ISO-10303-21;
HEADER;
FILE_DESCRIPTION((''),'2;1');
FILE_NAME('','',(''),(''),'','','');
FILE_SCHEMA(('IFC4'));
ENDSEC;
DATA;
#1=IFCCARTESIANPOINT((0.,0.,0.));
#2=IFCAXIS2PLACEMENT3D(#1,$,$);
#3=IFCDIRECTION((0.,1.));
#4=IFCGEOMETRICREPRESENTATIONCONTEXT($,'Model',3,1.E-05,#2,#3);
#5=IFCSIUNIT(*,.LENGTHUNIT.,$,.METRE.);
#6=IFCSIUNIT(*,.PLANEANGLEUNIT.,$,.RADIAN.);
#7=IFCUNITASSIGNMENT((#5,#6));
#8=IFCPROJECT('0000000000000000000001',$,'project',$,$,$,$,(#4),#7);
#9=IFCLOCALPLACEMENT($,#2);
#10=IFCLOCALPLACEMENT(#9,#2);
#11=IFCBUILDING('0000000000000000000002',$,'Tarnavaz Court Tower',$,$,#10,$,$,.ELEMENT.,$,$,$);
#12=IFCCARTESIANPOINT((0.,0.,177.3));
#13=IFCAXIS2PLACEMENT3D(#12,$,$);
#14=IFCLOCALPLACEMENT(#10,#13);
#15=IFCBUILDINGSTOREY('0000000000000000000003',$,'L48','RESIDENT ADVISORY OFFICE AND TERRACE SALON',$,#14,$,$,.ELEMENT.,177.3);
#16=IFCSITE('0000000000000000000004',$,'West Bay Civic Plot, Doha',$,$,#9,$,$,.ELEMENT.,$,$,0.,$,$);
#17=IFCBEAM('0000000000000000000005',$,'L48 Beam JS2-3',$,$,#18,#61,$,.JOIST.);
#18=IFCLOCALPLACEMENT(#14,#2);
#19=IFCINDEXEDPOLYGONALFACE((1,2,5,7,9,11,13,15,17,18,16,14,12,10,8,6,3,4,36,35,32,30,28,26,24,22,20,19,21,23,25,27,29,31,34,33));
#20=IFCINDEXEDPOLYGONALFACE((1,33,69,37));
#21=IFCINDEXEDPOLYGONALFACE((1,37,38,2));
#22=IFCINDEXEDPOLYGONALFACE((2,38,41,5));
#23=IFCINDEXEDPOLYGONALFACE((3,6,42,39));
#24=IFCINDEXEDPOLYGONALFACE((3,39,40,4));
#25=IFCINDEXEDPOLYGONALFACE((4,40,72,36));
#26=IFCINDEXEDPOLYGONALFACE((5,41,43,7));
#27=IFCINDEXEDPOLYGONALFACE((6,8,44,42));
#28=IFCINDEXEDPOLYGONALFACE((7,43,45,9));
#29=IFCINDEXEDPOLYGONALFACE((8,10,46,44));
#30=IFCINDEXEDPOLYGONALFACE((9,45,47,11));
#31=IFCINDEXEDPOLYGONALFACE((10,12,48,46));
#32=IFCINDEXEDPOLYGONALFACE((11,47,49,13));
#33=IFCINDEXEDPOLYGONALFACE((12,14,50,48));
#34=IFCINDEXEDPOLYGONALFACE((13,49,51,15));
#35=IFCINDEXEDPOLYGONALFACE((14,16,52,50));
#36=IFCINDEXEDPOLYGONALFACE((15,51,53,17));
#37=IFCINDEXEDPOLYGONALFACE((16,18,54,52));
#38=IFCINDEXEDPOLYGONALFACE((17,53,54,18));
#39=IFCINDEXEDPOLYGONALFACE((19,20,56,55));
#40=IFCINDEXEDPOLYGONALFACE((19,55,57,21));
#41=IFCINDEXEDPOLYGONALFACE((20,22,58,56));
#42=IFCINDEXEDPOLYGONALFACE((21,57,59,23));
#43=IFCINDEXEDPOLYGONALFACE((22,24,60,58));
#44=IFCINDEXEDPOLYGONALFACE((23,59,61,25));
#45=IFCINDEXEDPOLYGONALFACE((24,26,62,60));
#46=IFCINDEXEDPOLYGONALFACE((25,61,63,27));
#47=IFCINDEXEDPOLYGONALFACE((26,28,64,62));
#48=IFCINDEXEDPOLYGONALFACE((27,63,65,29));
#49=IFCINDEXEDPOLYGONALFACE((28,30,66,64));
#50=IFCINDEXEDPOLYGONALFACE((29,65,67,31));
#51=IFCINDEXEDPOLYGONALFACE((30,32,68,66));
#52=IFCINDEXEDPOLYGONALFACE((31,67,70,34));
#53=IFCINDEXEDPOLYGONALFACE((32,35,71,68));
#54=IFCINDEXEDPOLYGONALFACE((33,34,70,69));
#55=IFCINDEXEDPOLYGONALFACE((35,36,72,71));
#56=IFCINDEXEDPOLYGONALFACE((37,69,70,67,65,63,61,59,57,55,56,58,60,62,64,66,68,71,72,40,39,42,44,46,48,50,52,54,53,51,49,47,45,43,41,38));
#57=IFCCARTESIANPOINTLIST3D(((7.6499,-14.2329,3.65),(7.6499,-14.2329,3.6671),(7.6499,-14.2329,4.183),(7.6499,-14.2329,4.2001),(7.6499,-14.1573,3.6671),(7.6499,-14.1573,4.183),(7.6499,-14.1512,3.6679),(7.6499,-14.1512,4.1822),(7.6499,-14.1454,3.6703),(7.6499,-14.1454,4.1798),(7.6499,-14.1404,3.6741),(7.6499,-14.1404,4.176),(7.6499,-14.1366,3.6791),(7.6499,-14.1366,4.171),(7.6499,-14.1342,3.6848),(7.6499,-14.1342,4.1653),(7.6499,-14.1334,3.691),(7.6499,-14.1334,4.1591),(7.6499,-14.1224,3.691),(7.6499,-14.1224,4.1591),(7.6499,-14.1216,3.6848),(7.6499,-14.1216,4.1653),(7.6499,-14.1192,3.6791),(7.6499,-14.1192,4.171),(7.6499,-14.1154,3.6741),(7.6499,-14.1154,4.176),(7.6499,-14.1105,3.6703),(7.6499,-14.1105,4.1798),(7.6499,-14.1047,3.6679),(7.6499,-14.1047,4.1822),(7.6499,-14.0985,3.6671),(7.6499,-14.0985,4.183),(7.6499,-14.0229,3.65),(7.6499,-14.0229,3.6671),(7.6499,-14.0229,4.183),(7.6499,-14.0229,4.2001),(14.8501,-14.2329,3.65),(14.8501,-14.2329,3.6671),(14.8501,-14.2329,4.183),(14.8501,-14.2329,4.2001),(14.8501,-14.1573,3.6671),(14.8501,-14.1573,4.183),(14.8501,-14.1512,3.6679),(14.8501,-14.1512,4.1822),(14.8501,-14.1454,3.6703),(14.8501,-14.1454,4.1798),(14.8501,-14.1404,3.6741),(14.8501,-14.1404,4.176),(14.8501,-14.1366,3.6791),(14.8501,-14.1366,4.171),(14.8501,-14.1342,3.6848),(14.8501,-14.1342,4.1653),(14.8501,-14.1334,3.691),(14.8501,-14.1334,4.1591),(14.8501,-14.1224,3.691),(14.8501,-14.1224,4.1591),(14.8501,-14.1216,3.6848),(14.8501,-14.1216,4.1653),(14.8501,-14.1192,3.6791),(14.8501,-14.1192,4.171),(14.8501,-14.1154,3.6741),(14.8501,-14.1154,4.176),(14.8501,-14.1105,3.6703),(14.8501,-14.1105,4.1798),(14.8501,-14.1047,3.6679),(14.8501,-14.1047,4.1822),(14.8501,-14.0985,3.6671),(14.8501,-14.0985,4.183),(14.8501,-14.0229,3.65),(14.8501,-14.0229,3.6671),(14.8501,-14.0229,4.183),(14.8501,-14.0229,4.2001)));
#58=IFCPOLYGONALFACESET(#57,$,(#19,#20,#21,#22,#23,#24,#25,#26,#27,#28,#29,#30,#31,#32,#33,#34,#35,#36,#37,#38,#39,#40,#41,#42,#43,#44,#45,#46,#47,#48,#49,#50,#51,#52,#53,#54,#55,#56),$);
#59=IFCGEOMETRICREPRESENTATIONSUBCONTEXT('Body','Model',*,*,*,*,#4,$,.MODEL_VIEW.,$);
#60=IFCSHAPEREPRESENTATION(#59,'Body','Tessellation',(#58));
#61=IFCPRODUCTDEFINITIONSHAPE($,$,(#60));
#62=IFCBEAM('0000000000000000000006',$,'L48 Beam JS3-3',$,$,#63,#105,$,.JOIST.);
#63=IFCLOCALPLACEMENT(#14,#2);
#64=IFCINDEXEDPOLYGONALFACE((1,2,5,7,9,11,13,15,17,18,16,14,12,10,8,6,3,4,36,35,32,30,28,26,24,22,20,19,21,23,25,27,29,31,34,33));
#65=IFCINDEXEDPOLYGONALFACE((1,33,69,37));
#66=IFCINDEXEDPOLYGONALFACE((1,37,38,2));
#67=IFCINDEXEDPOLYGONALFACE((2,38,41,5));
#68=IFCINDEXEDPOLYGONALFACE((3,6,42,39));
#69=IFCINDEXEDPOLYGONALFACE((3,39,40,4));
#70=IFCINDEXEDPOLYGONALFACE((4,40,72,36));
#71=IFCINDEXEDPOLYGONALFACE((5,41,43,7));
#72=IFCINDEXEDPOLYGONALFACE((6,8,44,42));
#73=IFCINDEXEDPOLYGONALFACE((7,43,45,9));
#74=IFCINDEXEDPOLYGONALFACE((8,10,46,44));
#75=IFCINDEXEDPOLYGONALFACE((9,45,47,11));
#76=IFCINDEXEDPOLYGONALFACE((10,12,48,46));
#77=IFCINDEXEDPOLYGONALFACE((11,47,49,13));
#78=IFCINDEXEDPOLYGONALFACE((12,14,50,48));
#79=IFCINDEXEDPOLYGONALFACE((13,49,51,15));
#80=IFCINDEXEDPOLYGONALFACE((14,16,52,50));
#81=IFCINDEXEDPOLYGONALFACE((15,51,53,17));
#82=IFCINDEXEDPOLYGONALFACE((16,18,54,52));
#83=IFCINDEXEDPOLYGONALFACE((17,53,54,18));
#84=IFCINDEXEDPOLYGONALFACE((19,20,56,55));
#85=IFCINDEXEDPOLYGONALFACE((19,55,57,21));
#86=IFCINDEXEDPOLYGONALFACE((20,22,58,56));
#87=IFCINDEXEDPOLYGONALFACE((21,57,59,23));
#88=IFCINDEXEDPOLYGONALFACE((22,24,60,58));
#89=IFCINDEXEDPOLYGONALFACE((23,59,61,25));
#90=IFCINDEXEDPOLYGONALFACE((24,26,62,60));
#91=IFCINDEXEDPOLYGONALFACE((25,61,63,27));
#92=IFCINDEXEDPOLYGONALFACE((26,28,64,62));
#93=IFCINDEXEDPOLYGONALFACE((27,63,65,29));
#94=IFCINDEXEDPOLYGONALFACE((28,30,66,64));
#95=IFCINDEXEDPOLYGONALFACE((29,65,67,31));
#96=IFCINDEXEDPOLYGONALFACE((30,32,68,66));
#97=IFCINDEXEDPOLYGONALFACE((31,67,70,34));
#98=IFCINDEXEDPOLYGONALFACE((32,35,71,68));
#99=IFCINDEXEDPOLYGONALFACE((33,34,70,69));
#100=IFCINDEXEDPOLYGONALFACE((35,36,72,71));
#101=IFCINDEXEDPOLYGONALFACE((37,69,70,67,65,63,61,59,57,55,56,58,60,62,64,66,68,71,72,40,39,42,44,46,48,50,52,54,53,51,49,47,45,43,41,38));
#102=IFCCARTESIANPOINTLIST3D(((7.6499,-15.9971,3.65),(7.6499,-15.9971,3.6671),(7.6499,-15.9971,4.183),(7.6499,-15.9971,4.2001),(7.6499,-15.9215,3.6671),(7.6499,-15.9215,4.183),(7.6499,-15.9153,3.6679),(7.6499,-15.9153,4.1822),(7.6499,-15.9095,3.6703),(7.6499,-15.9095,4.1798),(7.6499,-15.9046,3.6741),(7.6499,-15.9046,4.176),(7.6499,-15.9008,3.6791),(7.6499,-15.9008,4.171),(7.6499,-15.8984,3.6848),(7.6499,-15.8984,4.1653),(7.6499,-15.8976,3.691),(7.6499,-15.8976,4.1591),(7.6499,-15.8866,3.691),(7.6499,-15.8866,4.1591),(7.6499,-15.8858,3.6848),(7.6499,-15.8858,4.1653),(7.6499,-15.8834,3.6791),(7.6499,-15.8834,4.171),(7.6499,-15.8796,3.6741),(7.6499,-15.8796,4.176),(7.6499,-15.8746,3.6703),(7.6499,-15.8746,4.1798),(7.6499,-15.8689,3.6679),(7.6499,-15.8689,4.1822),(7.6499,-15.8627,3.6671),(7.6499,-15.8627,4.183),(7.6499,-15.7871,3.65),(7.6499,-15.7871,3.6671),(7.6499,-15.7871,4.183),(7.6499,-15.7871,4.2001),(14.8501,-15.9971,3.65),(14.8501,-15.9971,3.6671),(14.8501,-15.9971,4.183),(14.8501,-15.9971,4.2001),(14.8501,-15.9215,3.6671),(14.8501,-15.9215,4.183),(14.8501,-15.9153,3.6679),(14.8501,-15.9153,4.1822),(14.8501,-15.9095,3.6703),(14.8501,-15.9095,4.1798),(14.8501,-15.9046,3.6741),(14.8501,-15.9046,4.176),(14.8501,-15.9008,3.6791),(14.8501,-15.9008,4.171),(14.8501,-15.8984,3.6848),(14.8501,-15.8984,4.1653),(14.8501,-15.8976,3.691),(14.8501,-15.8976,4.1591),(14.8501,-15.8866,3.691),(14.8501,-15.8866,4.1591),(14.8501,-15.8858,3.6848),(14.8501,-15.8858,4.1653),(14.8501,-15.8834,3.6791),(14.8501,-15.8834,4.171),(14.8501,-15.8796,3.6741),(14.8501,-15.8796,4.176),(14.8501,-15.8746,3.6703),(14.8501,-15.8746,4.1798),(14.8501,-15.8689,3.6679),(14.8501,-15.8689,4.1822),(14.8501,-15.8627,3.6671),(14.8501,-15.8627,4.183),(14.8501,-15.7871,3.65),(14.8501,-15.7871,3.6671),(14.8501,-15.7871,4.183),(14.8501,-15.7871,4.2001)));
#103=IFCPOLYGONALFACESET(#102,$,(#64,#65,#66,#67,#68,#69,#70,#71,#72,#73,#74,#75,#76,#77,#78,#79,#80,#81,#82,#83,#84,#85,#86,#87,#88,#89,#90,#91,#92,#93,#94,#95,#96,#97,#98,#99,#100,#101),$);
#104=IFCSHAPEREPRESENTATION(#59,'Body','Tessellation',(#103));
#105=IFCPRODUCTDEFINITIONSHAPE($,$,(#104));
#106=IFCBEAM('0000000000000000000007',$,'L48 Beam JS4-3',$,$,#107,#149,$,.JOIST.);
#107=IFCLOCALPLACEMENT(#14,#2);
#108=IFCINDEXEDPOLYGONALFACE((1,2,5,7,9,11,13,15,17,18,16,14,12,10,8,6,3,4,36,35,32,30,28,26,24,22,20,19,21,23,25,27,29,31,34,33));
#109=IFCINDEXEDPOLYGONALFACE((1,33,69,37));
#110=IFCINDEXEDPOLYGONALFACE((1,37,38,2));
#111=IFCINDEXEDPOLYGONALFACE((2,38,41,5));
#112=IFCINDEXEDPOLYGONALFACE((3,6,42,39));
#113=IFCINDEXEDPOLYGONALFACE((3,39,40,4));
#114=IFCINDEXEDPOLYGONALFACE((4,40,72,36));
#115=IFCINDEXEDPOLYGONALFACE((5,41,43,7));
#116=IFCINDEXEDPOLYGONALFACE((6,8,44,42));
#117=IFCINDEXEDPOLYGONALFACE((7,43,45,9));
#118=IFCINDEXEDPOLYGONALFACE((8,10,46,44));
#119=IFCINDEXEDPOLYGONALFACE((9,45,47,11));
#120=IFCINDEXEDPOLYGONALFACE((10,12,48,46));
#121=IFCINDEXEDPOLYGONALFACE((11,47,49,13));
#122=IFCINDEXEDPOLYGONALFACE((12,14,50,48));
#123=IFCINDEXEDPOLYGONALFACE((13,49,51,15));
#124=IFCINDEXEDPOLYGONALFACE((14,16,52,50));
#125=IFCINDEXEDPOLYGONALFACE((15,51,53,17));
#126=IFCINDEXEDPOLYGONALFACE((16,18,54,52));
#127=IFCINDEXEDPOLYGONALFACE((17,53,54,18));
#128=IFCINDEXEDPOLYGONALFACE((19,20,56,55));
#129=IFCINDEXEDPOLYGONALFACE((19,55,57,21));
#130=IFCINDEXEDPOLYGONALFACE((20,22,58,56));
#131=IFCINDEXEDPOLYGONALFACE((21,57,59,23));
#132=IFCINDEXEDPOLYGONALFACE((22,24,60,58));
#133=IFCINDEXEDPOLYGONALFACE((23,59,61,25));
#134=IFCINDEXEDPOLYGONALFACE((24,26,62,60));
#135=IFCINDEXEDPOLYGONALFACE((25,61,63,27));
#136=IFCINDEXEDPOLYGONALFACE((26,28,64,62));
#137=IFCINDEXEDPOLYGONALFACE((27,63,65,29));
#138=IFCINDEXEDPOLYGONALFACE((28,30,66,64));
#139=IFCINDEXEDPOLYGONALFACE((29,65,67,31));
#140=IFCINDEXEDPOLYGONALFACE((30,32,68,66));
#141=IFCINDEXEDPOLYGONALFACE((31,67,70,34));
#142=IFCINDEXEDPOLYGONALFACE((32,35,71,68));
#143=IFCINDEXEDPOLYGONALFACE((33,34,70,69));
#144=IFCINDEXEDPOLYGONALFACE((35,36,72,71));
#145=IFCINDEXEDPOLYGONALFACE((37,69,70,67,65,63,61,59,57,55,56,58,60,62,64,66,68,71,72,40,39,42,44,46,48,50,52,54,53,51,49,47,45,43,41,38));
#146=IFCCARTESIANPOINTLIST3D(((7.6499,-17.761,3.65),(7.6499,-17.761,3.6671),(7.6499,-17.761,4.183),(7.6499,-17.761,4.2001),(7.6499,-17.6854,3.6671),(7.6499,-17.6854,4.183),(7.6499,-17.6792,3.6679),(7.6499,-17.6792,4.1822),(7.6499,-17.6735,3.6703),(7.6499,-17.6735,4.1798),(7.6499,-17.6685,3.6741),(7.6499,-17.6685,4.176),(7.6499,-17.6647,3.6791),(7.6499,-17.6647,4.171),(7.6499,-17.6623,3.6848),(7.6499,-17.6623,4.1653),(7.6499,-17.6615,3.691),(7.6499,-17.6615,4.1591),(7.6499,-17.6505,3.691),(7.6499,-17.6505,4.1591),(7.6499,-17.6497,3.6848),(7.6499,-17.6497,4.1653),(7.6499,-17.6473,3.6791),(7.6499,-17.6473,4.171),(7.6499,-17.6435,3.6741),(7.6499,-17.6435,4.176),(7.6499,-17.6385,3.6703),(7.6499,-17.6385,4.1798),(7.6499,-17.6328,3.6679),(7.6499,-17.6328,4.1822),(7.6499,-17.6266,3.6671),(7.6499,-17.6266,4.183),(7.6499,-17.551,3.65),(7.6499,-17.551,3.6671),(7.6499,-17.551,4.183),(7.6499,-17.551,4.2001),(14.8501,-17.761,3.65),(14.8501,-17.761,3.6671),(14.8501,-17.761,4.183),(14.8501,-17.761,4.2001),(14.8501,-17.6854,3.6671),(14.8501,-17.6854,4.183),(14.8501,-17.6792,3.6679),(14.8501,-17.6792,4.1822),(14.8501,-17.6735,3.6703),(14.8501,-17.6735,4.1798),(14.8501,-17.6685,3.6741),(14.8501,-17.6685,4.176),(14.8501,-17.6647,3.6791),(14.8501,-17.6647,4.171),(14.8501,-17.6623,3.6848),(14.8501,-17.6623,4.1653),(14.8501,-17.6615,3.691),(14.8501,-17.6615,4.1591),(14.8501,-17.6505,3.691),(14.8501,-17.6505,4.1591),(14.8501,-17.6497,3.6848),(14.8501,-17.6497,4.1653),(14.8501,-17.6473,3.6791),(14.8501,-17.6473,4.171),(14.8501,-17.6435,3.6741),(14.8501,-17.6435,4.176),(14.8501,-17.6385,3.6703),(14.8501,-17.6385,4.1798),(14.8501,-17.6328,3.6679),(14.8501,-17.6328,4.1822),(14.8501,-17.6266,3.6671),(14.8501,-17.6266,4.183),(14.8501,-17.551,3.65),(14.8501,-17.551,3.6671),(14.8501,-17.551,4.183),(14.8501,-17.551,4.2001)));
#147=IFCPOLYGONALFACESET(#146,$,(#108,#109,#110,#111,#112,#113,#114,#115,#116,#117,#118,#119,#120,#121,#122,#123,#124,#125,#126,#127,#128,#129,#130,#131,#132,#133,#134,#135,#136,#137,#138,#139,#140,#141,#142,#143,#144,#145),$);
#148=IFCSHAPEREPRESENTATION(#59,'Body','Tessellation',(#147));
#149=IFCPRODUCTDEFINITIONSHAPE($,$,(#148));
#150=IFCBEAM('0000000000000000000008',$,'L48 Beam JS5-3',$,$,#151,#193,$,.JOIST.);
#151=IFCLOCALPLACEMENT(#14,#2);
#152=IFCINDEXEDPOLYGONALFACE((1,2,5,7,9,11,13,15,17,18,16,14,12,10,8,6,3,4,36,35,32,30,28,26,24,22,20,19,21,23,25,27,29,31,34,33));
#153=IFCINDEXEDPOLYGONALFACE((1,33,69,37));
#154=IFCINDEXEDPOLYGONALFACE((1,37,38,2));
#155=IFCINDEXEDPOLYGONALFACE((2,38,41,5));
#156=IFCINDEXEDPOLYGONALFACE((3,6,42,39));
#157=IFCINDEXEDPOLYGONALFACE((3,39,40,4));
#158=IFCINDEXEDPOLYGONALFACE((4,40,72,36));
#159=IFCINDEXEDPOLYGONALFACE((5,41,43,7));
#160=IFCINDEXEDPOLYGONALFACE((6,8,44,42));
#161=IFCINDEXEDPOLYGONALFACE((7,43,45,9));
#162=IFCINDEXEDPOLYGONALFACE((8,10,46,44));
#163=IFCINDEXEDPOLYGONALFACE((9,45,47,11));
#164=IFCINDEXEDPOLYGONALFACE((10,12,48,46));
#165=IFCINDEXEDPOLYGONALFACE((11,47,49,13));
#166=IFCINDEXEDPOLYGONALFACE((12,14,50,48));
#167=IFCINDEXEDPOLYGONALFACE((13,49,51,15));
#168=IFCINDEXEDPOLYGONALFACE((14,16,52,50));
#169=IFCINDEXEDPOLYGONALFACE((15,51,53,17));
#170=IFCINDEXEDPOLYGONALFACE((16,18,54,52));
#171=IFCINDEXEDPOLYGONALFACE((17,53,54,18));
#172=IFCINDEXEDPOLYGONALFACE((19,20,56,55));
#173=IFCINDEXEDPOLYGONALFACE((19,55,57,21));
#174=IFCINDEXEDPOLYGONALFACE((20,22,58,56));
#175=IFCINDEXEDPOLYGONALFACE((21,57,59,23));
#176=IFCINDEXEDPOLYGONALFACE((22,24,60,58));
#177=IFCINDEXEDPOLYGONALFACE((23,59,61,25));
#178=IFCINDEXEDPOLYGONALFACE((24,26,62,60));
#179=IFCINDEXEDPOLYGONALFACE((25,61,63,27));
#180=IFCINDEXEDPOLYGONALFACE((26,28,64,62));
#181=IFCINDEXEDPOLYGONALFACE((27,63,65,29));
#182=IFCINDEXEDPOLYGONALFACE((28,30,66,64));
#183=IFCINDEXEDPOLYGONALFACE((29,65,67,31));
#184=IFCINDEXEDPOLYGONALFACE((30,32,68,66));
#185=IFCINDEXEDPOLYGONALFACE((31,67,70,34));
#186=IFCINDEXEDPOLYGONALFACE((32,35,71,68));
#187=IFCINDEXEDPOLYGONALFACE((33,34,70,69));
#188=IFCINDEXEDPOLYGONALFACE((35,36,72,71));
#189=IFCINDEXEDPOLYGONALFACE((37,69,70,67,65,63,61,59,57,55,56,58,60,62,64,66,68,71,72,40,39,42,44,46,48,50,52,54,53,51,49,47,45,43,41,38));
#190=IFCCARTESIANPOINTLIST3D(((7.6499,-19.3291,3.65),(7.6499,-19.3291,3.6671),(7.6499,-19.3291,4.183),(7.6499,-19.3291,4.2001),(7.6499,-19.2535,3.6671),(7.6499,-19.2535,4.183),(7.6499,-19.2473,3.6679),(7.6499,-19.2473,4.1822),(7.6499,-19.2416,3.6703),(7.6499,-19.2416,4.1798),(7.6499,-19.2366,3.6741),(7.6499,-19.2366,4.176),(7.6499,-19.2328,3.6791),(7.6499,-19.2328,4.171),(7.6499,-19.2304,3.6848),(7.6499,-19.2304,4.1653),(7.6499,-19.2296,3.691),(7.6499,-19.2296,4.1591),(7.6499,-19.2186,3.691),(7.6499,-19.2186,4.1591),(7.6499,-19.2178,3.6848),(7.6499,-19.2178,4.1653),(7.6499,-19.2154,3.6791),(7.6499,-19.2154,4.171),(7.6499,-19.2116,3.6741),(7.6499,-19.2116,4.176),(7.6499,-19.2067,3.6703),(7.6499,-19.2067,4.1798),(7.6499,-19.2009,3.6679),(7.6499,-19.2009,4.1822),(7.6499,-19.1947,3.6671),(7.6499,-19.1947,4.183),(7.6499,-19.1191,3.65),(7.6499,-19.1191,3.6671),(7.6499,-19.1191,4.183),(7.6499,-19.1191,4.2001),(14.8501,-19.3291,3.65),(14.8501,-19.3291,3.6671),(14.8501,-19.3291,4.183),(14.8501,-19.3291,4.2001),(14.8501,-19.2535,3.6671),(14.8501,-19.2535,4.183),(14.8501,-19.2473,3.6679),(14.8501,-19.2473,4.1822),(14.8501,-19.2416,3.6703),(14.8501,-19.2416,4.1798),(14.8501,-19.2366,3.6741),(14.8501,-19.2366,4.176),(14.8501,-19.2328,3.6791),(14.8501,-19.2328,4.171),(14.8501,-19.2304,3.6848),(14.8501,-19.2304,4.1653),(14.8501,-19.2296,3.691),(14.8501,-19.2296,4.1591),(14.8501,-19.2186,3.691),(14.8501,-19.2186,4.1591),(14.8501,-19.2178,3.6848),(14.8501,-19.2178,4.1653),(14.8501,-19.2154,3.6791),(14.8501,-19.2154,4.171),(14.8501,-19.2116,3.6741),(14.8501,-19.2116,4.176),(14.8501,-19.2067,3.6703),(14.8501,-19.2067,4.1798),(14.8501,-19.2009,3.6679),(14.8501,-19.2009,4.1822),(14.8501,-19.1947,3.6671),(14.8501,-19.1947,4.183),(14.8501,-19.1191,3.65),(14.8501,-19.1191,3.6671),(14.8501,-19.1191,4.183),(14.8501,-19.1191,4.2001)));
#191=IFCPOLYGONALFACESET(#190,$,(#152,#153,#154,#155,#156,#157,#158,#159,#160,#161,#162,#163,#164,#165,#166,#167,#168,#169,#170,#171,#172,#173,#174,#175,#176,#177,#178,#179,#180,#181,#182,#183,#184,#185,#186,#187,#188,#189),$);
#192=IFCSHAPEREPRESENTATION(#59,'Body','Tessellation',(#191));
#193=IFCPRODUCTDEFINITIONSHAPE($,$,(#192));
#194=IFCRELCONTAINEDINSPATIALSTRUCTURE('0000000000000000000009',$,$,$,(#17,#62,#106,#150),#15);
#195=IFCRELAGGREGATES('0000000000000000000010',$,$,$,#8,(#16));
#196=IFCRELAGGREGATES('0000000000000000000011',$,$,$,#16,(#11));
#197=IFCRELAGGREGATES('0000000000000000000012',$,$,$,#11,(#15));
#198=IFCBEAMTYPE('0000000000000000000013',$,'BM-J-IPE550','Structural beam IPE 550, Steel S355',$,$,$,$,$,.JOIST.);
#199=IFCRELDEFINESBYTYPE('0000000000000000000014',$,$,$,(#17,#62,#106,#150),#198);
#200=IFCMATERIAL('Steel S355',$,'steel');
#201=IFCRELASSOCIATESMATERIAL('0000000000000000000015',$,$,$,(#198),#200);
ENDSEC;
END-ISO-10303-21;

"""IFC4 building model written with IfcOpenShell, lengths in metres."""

from ifc_helpers import new_model, si_unit, direction, frame, origin, origin_2d, place, context, subcontext, project, spatial, i_section, extrude, material, material_profile, profile_set, type_object, element, save


model = new_model("IFC4")

# Units and contexts
model_context = context("Model", 3, precision=1e-05, world=origin(), true_north=direction((0.0, 1.0)))
body_context = subcontext(model_context, "Body", "Model", "MODEL_VIEW")
ifc_project = project(units=[si_unit("LENGTHUNIT", "METRE"), si_unit("PLANEANGLEUNIT", "RADIAN")], contexts=[model_context])

# Site, building, storey
site_placement = place(None, origin())
site = spatial("IfcSite", under=ifc_project, at=site_placement, Name="West Bay Civic Plot, Doha", CompositionType="ELEMENT", RefElevation=0.0)
building_placement = place(site_placement, origin())
building = spatial("IfcBuilding", under=site, at=building_placement, Name="Tarnavaz Court Tower", CompositionType="ELEMENT")
storey_placement = place(building_placement, frame((0.0, 0.0, 177.3)))
storey = spatial("IfcBuildingStorey", under=building, at=storey_placement, Name="L48", Description="RESIDENT ADVISORY OFFICE AND TERRACE SALON", CompositionType="ELEMENT", Elevation=177.3)

# Beams
ifc_material_1 = material(Name="Steel S355", Category="steel")
ifc_material_profile_1 = material_profile(ifc_material_1, i_section(OverallWidth=0.21, OverallDepth=0.55, WebThickness=0.011, FlangeThickness=0.0171, FilletRadius=0.0239, at=origin_2d()), Name="IPE 550")
ifc_profile_set_1 = profile_set([ifc_material_profile_1], Name="Steel S355")
beam_type_1 = type_object("IfcBeamType", Name="BM-J-IPE550", Description="Structural beam IPE 550, Steel S355", PredefinedType="JOIST", material=ifc_profile_set_1)
for number, where, z_axis, x_axis, name in (
    (1, (7.6499, -14.1279, 3.925), (1.0, 0.0, 0.0), (0.0, 1.0, 0.0), "L48 Beam JS2-3"),
    (2, (7.6499, -15.8921, 3.925), (1.0, 0.0, 0.0), (0.0, 1.0, 0.0), "L48 Beam JS3-3"),
    (3, (7.6499, -17.656, 3.925), (1.0, 0.0, 0.0), (0.0, 1.0, 0.0), "L48 Beam JS4-3"),
    (4, (7.6499, -19.2241, 3.925), (1.0, 0.0, 0.0), (0.0, 1.0, 0.0), "L48 Beam JS5-3"),
):
    element("IfcBeam", number, at=place(storey_placement, frame(where, z_axis=z_axis, x_axis=x_axis)), inside=storey, type_object=beam_type_1, Name=name, PredefinedType="JOIST", context=body_context, shape_type="SweptSolid", body=[
        extrude(i_section(OverallWidth=0.21, OverallDepth=0.55, WebThickness=0.011, FlangeThickness=0.0171, FilletRadius=0.0239, at=origin_2d()), origin(), (0.0, 0.0, 1.0), 7.2002),
    ])

save(model, "model.ifc")
